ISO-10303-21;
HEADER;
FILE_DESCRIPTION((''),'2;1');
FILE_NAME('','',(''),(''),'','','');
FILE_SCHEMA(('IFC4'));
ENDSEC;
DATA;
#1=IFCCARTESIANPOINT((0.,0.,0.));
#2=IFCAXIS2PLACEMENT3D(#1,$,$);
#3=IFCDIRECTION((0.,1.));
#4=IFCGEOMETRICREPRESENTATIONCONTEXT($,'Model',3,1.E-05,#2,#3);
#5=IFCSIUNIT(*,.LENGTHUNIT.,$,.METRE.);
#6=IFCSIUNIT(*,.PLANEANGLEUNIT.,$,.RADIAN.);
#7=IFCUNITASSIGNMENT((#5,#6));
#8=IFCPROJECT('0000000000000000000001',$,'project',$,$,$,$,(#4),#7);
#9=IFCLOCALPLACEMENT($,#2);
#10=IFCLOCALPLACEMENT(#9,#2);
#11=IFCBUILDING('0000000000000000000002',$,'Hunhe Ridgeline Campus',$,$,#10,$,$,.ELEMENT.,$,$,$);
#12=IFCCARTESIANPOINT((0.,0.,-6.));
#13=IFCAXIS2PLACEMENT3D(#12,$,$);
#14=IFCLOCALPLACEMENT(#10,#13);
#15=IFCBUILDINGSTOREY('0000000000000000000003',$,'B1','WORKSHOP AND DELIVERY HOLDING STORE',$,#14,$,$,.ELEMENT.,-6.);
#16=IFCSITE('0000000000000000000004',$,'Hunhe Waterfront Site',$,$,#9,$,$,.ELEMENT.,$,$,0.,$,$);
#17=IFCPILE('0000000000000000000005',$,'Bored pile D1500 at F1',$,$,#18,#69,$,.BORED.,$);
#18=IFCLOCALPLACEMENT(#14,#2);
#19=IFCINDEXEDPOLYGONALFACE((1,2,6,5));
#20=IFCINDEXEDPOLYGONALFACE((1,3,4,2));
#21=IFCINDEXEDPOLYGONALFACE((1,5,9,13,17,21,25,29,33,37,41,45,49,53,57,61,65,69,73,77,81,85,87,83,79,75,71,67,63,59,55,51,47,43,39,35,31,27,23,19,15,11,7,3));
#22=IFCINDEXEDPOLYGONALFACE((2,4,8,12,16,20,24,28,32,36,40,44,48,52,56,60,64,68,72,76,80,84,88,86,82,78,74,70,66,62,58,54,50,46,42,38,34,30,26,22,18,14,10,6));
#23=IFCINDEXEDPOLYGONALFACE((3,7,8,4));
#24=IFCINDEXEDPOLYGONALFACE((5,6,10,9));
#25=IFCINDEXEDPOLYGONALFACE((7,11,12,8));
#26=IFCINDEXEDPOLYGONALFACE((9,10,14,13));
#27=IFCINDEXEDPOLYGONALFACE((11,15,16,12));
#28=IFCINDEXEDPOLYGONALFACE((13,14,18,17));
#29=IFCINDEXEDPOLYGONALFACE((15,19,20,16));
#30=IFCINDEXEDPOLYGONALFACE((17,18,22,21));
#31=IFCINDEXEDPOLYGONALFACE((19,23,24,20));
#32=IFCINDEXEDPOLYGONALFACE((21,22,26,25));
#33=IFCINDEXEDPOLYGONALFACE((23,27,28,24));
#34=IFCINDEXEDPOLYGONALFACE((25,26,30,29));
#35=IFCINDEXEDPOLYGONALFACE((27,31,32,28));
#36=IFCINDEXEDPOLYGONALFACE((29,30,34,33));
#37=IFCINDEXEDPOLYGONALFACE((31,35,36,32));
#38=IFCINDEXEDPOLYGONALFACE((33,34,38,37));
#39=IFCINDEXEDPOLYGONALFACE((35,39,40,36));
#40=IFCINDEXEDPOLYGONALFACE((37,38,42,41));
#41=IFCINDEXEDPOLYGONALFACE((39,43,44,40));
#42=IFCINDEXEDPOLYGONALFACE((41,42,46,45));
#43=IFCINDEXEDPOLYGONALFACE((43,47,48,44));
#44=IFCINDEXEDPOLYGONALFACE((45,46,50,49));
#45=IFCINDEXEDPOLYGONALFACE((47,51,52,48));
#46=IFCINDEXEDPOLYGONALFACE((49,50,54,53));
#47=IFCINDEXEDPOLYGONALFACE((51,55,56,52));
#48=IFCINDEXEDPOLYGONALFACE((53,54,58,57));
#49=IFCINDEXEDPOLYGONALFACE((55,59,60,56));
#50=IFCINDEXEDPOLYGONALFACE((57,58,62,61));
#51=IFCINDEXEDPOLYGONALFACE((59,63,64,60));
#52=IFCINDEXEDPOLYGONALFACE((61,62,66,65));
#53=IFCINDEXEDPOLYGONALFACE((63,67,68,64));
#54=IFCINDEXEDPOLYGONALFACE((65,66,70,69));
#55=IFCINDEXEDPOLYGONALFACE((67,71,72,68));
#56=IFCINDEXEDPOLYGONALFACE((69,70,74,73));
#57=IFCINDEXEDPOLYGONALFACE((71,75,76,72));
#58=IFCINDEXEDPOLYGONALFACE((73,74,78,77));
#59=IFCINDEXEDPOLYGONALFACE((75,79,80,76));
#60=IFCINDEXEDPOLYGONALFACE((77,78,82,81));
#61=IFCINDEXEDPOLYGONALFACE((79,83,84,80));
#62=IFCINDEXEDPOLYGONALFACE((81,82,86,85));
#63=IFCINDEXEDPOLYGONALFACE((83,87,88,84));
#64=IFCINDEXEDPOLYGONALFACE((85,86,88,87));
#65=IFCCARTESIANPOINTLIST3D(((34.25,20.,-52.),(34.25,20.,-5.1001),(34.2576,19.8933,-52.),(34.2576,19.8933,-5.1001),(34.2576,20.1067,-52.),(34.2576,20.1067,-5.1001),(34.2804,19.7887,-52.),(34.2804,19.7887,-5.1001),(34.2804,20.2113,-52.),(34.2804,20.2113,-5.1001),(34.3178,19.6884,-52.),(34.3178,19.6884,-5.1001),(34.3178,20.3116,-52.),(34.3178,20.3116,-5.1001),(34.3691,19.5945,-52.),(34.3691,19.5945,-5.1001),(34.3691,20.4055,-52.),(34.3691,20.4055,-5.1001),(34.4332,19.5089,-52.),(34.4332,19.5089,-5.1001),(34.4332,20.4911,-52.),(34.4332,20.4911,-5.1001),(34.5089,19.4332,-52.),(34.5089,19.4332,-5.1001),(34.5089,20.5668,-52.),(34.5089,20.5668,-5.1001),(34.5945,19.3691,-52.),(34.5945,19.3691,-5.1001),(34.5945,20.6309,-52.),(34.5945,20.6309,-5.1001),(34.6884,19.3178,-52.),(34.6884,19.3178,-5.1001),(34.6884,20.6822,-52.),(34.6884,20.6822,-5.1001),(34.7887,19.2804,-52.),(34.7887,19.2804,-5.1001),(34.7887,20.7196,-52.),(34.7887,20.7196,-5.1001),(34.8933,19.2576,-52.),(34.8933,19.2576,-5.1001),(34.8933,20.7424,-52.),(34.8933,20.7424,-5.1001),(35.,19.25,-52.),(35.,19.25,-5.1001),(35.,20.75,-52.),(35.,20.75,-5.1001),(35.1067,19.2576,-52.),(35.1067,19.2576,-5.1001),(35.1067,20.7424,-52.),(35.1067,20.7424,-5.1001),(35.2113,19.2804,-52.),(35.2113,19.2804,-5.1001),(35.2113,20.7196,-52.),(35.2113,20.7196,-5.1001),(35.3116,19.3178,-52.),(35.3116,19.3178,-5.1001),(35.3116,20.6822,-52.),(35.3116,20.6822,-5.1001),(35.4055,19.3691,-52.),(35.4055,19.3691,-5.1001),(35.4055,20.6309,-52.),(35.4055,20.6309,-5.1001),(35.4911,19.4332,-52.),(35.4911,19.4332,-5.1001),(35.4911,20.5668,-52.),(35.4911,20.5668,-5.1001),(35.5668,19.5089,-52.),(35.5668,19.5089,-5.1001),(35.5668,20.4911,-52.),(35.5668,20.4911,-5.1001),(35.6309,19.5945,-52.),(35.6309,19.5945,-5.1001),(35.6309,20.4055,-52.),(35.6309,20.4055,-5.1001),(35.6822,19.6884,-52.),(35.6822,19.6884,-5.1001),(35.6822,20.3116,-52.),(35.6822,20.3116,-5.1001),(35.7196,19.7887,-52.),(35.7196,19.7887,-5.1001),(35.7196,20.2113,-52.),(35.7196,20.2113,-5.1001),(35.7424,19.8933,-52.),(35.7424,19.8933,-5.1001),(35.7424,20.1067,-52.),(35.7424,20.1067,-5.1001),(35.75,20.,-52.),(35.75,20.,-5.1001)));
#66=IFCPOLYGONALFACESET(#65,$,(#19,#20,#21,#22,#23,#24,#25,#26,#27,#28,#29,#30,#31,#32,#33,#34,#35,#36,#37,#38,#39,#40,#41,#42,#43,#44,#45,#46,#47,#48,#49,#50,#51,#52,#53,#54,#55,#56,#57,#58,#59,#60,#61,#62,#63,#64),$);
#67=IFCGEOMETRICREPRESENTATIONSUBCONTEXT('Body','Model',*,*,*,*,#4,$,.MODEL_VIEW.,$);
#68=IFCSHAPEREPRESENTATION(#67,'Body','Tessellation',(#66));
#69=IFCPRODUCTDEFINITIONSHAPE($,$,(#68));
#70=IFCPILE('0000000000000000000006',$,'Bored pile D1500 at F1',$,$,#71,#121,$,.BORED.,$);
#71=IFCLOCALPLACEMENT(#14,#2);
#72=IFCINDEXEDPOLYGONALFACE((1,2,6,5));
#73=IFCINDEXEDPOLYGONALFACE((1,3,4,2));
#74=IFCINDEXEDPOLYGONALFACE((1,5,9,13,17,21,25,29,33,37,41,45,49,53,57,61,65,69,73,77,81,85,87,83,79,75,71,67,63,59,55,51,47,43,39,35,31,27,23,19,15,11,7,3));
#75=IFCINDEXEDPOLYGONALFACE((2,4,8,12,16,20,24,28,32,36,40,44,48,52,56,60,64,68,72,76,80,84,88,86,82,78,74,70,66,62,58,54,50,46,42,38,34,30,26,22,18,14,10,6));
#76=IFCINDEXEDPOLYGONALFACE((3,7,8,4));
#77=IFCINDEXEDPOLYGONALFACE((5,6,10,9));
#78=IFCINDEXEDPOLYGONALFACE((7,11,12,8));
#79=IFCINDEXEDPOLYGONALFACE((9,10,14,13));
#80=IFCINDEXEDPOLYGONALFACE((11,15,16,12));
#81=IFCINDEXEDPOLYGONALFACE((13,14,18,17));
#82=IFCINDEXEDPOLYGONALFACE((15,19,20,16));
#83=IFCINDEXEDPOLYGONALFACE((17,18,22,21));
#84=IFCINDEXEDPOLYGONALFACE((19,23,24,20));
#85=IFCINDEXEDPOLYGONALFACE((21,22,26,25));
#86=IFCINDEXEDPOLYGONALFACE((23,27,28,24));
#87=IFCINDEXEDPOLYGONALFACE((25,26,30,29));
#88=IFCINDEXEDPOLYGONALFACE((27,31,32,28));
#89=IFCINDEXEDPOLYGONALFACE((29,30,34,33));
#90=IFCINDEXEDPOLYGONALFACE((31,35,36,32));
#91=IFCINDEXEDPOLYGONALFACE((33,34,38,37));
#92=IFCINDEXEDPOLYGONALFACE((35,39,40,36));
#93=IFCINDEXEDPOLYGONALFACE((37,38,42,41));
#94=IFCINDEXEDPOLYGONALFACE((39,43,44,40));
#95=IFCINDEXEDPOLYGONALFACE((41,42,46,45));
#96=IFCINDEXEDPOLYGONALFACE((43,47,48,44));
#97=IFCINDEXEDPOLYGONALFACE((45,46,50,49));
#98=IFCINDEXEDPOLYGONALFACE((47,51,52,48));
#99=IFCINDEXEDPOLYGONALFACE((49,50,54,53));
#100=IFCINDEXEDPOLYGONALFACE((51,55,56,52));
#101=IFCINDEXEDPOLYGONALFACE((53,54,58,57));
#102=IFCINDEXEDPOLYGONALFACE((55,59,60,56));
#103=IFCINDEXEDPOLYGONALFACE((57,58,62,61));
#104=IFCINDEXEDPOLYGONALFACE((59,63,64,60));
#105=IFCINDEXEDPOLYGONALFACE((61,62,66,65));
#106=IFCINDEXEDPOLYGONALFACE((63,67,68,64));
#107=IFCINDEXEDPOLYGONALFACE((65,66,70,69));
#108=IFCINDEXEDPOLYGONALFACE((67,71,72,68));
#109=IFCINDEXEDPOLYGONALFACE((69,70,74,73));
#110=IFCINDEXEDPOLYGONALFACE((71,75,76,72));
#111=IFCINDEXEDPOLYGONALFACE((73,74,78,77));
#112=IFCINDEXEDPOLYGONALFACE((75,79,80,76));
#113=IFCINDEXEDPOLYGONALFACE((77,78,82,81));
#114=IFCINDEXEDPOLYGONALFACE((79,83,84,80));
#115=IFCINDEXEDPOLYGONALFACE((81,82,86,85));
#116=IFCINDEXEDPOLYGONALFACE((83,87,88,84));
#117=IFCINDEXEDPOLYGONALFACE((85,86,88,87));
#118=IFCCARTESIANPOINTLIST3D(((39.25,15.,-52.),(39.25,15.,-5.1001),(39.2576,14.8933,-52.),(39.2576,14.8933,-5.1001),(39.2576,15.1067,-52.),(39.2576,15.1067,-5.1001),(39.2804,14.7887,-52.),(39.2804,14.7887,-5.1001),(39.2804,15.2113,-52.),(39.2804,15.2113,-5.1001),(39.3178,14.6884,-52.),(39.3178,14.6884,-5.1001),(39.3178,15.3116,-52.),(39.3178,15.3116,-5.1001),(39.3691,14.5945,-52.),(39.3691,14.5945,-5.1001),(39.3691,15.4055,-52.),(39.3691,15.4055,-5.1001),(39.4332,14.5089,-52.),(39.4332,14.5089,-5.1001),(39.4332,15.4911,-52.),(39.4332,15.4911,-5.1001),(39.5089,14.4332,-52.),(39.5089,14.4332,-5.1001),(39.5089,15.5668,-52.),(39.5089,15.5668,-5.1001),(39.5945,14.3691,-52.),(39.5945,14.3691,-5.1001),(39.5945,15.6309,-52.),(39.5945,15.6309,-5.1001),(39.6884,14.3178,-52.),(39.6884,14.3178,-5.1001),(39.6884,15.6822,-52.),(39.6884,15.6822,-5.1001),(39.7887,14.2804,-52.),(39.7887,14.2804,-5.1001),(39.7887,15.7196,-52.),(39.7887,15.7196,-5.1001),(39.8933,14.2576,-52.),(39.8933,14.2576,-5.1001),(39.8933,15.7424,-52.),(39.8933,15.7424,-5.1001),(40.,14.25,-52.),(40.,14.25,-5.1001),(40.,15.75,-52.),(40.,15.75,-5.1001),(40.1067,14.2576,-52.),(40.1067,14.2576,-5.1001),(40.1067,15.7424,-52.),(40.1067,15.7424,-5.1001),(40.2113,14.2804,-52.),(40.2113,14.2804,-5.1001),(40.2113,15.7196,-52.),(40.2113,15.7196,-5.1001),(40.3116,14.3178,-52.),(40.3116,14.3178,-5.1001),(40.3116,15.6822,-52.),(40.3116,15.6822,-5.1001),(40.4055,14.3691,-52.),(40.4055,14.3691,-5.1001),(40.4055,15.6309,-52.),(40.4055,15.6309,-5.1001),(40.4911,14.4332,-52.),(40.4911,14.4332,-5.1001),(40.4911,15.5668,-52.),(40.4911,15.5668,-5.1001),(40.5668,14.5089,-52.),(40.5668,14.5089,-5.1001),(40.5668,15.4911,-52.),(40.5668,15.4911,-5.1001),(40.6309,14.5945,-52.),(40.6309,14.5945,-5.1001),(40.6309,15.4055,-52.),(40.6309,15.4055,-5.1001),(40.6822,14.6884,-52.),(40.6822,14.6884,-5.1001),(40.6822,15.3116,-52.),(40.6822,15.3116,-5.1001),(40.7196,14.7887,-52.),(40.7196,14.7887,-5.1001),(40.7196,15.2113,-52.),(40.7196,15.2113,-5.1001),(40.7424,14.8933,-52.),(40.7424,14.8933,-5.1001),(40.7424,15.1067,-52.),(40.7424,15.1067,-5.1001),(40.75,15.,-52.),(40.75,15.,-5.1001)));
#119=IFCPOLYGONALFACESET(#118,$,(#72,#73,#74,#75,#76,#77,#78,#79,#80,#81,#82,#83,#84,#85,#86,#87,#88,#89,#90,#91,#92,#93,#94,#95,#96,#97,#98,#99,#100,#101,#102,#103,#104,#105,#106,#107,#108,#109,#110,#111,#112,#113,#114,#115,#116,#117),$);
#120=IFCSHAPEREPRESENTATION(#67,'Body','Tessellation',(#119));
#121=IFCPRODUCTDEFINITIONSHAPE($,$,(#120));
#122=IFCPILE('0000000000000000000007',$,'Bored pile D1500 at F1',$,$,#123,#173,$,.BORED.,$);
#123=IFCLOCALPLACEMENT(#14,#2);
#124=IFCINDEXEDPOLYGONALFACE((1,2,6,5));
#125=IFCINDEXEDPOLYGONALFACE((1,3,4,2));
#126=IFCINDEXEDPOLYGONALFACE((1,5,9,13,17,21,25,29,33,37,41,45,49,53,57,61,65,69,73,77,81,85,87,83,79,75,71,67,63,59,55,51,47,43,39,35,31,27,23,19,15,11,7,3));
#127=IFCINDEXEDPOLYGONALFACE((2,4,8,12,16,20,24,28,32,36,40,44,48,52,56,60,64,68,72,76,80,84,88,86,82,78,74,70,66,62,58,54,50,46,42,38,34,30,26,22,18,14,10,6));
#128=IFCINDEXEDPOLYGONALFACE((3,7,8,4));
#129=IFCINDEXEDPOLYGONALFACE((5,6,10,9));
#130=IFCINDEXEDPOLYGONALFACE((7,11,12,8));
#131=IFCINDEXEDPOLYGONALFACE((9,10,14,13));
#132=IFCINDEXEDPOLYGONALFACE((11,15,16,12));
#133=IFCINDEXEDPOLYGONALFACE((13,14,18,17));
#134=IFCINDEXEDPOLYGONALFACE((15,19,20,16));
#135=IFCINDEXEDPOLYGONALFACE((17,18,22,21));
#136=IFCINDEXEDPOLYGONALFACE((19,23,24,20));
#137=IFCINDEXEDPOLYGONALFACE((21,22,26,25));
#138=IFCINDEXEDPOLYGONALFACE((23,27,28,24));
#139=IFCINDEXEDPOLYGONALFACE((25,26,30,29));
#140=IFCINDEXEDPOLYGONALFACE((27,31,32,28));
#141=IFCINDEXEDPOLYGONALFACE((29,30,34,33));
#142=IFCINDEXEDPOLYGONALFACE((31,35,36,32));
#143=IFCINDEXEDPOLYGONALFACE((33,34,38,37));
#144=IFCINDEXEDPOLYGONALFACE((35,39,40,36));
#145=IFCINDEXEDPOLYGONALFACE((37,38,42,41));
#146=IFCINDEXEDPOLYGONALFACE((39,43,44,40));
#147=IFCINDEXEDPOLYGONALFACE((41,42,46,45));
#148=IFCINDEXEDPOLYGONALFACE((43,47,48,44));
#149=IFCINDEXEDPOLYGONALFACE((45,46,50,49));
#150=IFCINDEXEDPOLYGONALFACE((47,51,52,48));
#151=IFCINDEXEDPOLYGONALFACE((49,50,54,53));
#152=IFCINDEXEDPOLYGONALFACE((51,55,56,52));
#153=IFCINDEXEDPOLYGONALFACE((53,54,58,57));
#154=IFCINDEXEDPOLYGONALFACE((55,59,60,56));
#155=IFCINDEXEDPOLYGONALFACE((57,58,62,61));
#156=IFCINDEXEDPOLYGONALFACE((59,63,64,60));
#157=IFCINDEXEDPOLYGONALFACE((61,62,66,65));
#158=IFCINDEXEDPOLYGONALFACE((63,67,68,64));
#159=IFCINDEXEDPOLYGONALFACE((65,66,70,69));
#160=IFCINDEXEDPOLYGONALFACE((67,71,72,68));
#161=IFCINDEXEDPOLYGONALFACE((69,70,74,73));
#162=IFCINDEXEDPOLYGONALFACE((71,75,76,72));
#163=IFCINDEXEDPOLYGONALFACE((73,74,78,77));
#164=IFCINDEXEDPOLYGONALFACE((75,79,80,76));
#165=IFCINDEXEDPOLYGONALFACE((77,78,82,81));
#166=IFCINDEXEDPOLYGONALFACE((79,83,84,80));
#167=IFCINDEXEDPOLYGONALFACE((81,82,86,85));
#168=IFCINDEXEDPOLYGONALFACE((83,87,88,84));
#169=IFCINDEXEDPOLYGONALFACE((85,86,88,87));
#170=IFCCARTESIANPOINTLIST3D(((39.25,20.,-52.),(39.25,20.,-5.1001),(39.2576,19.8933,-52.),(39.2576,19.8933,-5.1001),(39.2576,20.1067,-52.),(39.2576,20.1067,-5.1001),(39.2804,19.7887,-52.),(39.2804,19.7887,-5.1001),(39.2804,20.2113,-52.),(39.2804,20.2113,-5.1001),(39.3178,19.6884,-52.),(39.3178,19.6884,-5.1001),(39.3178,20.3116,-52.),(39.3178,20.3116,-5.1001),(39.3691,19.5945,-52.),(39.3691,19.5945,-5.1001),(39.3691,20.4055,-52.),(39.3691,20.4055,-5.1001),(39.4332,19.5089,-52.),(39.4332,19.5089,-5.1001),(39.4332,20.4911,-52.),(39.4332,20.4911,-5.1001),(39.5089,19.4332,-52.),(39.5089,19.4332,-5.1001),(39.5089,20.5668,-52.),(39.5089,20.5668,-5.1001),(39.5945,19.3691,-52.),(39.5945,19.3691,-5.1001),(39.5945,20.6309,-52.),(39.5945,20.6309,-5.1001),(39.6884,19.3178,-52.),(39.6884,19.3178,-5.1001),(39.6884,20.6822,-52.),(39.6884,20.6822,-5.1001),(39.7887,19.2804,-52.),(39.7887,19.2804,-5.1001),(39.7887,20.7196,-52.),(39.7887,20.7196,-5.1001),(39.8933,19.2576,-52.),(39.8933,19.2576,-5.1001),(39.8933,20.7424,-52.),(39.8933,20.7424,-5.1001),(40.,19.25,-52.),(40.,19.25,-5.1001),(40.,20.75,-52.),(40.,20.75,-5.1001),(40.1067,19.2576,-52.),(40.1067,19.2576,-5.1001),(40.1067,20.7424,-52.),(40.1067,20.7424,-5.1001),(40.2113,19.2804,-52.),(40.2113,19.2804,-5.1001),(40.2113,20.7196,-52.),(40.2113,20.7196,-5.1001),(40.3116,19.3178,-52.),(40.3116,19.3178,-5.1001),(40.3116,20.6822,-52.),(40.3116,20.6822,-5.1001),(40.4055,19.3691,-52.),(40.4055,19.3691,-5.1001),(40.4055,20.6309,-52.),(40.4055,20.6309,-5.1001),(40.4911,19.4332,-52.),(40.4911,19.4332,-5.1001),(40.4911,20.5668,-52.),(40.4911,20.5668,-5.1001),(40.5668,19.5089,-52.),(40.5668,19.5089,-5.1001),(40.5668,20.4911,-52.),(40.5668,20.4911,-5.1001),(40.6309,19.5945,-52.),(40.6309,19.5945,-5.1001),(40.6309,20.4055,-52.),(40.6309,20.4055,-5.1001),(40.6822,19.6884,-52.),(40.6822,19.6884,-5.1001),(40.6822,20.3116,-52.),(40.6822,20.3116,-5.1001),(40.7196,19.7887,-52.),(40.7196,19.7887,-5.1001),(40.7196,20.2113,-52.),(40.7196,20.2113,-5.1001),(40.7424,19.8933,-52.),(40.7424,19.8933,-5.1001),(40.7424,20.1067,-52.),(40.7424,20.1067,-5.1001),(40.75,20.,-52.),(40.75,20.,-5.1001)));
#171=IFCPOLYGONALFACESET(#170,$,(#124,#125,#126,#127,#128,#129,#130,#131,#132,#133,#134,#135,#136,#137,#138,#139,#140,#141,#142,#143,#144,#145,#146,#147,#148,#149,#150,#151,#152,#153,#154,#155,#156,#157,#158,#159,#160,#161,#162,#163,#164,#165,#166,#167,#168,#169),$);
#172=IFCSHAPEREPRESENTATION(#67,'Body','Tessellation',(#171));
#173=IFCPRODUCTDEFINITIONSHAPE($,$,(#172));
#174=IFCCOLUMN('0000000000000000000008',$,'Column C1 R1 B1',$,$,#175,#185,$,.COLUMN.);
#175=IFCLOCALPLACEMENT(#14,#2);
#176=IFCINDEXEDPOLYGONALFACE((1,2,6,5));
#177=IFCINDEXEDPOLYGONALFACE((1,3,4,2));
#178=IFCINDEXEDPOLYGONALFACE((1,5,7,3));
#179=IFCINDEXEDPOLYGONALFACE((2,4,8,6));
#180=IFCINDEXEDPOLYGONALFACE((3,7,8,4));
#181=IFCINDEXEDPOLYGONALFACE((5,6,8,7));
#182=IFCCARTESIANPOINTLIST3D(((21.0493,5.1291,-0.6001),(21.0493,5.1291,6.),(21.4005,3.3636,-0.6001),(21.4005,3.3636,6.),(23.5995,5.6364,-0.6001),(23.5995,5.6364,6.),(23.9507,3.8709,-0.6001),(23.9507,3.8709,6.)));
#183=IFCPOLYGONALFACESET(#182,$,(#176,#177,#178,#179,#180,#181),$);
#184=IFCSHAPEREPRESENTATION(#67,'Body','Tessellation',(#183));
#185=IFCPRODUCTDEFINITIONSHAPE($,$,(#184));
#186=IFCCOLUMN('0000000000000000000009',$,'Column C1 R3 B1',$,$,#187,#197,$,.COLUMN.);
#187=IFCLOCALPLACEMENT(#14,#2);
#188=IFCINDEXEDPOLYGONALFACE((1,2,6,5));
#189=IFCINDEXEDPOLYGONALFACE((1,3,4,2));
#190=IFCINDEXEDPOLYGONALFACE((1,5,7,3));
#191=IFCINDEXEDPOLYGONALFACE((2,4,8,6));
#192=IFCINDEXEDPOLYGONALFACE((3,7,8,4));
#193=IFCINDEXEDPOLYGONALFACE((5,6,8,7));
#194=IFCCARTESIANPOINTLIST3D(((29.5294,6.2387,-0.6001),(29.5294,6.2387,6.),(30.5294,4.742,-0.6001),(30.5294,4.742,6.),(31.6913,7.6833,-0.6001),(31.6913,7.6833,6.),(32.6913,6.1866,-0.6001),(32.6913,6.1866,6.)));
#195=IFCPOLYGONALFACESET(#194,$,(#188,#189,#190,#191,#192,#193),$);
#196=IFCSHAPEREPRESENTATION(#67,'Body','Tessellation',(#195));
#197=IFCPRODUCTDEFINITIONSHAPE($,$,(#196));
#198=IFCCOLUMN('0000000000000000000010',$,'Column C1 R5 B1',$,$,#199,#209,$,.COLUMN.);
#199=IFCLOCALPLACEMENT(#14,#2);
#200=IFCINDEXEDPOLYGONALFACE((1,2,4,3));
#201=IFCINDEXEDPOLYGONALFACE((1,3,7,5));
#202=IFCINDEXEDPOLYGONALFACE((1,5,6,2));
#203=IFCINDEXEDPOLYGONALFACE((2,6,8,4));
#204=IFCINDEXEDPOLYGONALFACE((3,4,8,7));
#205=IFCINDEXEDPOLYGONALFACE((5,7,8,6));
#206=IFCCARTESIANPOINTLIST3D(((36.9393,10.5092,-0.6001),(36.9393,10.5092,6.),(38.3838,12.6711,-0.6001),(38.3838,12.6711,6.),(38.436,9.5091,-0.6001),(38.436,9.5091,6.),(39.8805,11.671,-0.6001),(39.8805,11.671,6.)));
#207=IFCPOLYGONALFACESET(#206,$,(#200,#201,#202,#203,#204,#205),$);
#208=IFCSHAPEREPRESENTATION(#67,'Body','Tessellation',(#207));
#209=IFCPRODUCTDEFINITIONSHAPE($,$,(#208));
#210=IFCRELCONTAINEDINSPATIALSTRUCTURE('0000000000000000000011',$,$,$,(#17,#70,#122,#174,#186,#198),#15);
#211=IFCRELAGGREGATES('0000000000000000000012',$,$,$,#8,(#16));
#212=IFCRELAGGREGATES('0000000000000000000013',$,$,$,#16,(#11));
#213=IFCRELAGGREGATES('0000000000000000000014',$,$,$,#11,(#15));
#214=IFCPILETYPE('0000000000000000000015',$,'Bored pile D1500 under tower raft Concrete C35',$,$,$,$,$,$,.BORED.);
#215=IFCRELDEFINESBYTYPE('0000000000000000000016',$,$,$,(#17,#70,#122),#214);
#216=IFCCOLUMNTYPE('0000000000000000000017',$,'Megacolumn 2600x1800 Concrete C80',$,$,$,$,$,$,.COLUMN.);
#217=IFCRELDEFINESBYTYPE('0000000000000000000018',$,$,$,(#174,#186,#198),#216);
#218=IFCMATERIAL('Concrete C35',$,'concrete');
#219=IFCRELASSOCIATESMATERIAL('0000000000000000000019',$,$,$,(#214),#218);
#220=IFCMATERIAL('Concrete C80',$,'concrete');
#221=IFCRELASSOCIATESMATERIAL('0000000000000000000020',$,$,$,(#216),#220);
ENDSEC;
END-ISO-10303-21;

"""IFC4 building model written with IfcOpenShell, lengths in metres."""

from ifc_helpers import new_model, si_unit, direction, frame, origin, origin_2d, place, context, subcontext, project, spatial, rectangle, circle, extrude, material, material_profile, profile_set, type_object, element, save


model = new_model("IFC4")

# Units and contexts
model_context = context("Model", 3, precision=1e-05, world=origin(), true_north=direction((0.0, 1.0)))
body_context = subcontext(model_context, "Body", "Model", "MODEL_VIEW")
ifc_project = project(units=[si_unit("LENGTHUNIT", "METRE"), si_unit("PLANEANGLEUNIT", "RADIAN")], contexts=[model_context])

# Site, building, storey
site_placement = place(None, origin())
site = spatial("IfcSite", under=ifc_project, at=site_placement, Name="Hunhe Waterfront Site", CompositionType="ELEMENT", RefElevation=0.0)
building_placement = place(site_placement, origin())
building = spatial("IfcBuilding", under=site, at=building_placement, Name="Hunhe Ridgeline Campus", CompositionType="ELEMENT")
storey_placement = place(building_placement, frame((0.0, 0.0, -6.0)))
storey = spatial("IfcBuildingStorey", under=building, at=storey_placement, Name="B1", Description="WORKSHOP AND DELIVERY HOLDING STORE", CompositionType="ELEMENT", Elevation=-6.0)

# Piles
ifc_material_1 = material(Name="Concrete C35", Category="concrete")
ifc_material_profile_1 = material_profile(ifc_material_1, circle(Radius=0.75, at=origin_2d()))
ifc_profile_set_1 = profile_set([ifc_material_profile_1], Name="Concrete C35")
pile_type = type_object("IfcPileType", Name="Bored pile D1500 under tower raft Concrete C35", PredefinedType="BORED", material=ifc_profile_set_1)
for number, where, z_axis, x_axis, name in (
    (1, (35.0, 20.0, -5.1001), (0.0, 0.0, -1.0), (1.0, 0.0, 0.0), "Bored pile D1500 at F1"),
    (2, (40.0, 15.0, -5.1001), (0.0, 0.0, -1.0), (1.0, 0.0, 0.0), "Bored pile D1500 at F1"),
    (3, (40.0, 20.0, -5.1001), (0.0, 0.0, -1.0), (1.0, 0.0, 0.0), "Bored pile D1500 at F1"),
):
    element("IfcPile", number, at=place(storey_placement, frame(where, z_axis=z_axis, x_axis=x_axis)), inside=storey, type_object=pile_type, Name=name, PredefinedType="BORED", context=body_context, shape_type="SweptSolid", body=[
        extrude(circle(Radius=0.75, at=origin_2d()), origin(), (0.0, 0.0, 1.0), 46.8999),
    ])

# Columns
ifc_material_2 = material(Name="Concrete C80", Category="concrete")
ifc_material_profile_2 = material_profile(ifc_material_2, rectangle(XDim=2.6001, YDim=1.8, at=origin_2d()))
ifc_profile_set_2 = profile_set([ifc_material_profile_2], Name="Concrete C80")
column_type_1 = type_object("IfcColumnType", Name="Megacolumn 2600x1800 Concrete C80", PredefinedType="COLUMN", material=ifc_profile_set_2)
for number, where, z_axis, x_axis, name in (
    (4, (22.5, 4.5, -0.6001), (0.0, 0.0, 1.0), (0.980785, 0.19509, 0.0), "Column C1 R1 B1"),
    (5, (31.1104, 6.2126, -0.6001), (0.0, 0.0, 1.0), (0.83147, 0.55557, 0.0), "Column C1 R3 B1"),
    (6, (38.4099, 11.0901, -0.6001), (0.0, 0.0, 1.0), (0.55557, 0.83147, 0.0), "Column C1 R5 B1"),
):
    element("IfcColumn", number, at=place(storey_placement, frame(where, z_axis=z_axis, x_axis=x_axis)), inside=storey, type_object=column_type_1, Name=name, PredefinedType="COLUMN", context=body_context, shape_type="SweptSolid", body=[
        extrude(rectangle(XDim=2.6001, YDim=1.8, at=origin_2d()), origin(), (0.0, 0.0, 1.0), 6.6001),
    ])

save(model, "model.ifc")
